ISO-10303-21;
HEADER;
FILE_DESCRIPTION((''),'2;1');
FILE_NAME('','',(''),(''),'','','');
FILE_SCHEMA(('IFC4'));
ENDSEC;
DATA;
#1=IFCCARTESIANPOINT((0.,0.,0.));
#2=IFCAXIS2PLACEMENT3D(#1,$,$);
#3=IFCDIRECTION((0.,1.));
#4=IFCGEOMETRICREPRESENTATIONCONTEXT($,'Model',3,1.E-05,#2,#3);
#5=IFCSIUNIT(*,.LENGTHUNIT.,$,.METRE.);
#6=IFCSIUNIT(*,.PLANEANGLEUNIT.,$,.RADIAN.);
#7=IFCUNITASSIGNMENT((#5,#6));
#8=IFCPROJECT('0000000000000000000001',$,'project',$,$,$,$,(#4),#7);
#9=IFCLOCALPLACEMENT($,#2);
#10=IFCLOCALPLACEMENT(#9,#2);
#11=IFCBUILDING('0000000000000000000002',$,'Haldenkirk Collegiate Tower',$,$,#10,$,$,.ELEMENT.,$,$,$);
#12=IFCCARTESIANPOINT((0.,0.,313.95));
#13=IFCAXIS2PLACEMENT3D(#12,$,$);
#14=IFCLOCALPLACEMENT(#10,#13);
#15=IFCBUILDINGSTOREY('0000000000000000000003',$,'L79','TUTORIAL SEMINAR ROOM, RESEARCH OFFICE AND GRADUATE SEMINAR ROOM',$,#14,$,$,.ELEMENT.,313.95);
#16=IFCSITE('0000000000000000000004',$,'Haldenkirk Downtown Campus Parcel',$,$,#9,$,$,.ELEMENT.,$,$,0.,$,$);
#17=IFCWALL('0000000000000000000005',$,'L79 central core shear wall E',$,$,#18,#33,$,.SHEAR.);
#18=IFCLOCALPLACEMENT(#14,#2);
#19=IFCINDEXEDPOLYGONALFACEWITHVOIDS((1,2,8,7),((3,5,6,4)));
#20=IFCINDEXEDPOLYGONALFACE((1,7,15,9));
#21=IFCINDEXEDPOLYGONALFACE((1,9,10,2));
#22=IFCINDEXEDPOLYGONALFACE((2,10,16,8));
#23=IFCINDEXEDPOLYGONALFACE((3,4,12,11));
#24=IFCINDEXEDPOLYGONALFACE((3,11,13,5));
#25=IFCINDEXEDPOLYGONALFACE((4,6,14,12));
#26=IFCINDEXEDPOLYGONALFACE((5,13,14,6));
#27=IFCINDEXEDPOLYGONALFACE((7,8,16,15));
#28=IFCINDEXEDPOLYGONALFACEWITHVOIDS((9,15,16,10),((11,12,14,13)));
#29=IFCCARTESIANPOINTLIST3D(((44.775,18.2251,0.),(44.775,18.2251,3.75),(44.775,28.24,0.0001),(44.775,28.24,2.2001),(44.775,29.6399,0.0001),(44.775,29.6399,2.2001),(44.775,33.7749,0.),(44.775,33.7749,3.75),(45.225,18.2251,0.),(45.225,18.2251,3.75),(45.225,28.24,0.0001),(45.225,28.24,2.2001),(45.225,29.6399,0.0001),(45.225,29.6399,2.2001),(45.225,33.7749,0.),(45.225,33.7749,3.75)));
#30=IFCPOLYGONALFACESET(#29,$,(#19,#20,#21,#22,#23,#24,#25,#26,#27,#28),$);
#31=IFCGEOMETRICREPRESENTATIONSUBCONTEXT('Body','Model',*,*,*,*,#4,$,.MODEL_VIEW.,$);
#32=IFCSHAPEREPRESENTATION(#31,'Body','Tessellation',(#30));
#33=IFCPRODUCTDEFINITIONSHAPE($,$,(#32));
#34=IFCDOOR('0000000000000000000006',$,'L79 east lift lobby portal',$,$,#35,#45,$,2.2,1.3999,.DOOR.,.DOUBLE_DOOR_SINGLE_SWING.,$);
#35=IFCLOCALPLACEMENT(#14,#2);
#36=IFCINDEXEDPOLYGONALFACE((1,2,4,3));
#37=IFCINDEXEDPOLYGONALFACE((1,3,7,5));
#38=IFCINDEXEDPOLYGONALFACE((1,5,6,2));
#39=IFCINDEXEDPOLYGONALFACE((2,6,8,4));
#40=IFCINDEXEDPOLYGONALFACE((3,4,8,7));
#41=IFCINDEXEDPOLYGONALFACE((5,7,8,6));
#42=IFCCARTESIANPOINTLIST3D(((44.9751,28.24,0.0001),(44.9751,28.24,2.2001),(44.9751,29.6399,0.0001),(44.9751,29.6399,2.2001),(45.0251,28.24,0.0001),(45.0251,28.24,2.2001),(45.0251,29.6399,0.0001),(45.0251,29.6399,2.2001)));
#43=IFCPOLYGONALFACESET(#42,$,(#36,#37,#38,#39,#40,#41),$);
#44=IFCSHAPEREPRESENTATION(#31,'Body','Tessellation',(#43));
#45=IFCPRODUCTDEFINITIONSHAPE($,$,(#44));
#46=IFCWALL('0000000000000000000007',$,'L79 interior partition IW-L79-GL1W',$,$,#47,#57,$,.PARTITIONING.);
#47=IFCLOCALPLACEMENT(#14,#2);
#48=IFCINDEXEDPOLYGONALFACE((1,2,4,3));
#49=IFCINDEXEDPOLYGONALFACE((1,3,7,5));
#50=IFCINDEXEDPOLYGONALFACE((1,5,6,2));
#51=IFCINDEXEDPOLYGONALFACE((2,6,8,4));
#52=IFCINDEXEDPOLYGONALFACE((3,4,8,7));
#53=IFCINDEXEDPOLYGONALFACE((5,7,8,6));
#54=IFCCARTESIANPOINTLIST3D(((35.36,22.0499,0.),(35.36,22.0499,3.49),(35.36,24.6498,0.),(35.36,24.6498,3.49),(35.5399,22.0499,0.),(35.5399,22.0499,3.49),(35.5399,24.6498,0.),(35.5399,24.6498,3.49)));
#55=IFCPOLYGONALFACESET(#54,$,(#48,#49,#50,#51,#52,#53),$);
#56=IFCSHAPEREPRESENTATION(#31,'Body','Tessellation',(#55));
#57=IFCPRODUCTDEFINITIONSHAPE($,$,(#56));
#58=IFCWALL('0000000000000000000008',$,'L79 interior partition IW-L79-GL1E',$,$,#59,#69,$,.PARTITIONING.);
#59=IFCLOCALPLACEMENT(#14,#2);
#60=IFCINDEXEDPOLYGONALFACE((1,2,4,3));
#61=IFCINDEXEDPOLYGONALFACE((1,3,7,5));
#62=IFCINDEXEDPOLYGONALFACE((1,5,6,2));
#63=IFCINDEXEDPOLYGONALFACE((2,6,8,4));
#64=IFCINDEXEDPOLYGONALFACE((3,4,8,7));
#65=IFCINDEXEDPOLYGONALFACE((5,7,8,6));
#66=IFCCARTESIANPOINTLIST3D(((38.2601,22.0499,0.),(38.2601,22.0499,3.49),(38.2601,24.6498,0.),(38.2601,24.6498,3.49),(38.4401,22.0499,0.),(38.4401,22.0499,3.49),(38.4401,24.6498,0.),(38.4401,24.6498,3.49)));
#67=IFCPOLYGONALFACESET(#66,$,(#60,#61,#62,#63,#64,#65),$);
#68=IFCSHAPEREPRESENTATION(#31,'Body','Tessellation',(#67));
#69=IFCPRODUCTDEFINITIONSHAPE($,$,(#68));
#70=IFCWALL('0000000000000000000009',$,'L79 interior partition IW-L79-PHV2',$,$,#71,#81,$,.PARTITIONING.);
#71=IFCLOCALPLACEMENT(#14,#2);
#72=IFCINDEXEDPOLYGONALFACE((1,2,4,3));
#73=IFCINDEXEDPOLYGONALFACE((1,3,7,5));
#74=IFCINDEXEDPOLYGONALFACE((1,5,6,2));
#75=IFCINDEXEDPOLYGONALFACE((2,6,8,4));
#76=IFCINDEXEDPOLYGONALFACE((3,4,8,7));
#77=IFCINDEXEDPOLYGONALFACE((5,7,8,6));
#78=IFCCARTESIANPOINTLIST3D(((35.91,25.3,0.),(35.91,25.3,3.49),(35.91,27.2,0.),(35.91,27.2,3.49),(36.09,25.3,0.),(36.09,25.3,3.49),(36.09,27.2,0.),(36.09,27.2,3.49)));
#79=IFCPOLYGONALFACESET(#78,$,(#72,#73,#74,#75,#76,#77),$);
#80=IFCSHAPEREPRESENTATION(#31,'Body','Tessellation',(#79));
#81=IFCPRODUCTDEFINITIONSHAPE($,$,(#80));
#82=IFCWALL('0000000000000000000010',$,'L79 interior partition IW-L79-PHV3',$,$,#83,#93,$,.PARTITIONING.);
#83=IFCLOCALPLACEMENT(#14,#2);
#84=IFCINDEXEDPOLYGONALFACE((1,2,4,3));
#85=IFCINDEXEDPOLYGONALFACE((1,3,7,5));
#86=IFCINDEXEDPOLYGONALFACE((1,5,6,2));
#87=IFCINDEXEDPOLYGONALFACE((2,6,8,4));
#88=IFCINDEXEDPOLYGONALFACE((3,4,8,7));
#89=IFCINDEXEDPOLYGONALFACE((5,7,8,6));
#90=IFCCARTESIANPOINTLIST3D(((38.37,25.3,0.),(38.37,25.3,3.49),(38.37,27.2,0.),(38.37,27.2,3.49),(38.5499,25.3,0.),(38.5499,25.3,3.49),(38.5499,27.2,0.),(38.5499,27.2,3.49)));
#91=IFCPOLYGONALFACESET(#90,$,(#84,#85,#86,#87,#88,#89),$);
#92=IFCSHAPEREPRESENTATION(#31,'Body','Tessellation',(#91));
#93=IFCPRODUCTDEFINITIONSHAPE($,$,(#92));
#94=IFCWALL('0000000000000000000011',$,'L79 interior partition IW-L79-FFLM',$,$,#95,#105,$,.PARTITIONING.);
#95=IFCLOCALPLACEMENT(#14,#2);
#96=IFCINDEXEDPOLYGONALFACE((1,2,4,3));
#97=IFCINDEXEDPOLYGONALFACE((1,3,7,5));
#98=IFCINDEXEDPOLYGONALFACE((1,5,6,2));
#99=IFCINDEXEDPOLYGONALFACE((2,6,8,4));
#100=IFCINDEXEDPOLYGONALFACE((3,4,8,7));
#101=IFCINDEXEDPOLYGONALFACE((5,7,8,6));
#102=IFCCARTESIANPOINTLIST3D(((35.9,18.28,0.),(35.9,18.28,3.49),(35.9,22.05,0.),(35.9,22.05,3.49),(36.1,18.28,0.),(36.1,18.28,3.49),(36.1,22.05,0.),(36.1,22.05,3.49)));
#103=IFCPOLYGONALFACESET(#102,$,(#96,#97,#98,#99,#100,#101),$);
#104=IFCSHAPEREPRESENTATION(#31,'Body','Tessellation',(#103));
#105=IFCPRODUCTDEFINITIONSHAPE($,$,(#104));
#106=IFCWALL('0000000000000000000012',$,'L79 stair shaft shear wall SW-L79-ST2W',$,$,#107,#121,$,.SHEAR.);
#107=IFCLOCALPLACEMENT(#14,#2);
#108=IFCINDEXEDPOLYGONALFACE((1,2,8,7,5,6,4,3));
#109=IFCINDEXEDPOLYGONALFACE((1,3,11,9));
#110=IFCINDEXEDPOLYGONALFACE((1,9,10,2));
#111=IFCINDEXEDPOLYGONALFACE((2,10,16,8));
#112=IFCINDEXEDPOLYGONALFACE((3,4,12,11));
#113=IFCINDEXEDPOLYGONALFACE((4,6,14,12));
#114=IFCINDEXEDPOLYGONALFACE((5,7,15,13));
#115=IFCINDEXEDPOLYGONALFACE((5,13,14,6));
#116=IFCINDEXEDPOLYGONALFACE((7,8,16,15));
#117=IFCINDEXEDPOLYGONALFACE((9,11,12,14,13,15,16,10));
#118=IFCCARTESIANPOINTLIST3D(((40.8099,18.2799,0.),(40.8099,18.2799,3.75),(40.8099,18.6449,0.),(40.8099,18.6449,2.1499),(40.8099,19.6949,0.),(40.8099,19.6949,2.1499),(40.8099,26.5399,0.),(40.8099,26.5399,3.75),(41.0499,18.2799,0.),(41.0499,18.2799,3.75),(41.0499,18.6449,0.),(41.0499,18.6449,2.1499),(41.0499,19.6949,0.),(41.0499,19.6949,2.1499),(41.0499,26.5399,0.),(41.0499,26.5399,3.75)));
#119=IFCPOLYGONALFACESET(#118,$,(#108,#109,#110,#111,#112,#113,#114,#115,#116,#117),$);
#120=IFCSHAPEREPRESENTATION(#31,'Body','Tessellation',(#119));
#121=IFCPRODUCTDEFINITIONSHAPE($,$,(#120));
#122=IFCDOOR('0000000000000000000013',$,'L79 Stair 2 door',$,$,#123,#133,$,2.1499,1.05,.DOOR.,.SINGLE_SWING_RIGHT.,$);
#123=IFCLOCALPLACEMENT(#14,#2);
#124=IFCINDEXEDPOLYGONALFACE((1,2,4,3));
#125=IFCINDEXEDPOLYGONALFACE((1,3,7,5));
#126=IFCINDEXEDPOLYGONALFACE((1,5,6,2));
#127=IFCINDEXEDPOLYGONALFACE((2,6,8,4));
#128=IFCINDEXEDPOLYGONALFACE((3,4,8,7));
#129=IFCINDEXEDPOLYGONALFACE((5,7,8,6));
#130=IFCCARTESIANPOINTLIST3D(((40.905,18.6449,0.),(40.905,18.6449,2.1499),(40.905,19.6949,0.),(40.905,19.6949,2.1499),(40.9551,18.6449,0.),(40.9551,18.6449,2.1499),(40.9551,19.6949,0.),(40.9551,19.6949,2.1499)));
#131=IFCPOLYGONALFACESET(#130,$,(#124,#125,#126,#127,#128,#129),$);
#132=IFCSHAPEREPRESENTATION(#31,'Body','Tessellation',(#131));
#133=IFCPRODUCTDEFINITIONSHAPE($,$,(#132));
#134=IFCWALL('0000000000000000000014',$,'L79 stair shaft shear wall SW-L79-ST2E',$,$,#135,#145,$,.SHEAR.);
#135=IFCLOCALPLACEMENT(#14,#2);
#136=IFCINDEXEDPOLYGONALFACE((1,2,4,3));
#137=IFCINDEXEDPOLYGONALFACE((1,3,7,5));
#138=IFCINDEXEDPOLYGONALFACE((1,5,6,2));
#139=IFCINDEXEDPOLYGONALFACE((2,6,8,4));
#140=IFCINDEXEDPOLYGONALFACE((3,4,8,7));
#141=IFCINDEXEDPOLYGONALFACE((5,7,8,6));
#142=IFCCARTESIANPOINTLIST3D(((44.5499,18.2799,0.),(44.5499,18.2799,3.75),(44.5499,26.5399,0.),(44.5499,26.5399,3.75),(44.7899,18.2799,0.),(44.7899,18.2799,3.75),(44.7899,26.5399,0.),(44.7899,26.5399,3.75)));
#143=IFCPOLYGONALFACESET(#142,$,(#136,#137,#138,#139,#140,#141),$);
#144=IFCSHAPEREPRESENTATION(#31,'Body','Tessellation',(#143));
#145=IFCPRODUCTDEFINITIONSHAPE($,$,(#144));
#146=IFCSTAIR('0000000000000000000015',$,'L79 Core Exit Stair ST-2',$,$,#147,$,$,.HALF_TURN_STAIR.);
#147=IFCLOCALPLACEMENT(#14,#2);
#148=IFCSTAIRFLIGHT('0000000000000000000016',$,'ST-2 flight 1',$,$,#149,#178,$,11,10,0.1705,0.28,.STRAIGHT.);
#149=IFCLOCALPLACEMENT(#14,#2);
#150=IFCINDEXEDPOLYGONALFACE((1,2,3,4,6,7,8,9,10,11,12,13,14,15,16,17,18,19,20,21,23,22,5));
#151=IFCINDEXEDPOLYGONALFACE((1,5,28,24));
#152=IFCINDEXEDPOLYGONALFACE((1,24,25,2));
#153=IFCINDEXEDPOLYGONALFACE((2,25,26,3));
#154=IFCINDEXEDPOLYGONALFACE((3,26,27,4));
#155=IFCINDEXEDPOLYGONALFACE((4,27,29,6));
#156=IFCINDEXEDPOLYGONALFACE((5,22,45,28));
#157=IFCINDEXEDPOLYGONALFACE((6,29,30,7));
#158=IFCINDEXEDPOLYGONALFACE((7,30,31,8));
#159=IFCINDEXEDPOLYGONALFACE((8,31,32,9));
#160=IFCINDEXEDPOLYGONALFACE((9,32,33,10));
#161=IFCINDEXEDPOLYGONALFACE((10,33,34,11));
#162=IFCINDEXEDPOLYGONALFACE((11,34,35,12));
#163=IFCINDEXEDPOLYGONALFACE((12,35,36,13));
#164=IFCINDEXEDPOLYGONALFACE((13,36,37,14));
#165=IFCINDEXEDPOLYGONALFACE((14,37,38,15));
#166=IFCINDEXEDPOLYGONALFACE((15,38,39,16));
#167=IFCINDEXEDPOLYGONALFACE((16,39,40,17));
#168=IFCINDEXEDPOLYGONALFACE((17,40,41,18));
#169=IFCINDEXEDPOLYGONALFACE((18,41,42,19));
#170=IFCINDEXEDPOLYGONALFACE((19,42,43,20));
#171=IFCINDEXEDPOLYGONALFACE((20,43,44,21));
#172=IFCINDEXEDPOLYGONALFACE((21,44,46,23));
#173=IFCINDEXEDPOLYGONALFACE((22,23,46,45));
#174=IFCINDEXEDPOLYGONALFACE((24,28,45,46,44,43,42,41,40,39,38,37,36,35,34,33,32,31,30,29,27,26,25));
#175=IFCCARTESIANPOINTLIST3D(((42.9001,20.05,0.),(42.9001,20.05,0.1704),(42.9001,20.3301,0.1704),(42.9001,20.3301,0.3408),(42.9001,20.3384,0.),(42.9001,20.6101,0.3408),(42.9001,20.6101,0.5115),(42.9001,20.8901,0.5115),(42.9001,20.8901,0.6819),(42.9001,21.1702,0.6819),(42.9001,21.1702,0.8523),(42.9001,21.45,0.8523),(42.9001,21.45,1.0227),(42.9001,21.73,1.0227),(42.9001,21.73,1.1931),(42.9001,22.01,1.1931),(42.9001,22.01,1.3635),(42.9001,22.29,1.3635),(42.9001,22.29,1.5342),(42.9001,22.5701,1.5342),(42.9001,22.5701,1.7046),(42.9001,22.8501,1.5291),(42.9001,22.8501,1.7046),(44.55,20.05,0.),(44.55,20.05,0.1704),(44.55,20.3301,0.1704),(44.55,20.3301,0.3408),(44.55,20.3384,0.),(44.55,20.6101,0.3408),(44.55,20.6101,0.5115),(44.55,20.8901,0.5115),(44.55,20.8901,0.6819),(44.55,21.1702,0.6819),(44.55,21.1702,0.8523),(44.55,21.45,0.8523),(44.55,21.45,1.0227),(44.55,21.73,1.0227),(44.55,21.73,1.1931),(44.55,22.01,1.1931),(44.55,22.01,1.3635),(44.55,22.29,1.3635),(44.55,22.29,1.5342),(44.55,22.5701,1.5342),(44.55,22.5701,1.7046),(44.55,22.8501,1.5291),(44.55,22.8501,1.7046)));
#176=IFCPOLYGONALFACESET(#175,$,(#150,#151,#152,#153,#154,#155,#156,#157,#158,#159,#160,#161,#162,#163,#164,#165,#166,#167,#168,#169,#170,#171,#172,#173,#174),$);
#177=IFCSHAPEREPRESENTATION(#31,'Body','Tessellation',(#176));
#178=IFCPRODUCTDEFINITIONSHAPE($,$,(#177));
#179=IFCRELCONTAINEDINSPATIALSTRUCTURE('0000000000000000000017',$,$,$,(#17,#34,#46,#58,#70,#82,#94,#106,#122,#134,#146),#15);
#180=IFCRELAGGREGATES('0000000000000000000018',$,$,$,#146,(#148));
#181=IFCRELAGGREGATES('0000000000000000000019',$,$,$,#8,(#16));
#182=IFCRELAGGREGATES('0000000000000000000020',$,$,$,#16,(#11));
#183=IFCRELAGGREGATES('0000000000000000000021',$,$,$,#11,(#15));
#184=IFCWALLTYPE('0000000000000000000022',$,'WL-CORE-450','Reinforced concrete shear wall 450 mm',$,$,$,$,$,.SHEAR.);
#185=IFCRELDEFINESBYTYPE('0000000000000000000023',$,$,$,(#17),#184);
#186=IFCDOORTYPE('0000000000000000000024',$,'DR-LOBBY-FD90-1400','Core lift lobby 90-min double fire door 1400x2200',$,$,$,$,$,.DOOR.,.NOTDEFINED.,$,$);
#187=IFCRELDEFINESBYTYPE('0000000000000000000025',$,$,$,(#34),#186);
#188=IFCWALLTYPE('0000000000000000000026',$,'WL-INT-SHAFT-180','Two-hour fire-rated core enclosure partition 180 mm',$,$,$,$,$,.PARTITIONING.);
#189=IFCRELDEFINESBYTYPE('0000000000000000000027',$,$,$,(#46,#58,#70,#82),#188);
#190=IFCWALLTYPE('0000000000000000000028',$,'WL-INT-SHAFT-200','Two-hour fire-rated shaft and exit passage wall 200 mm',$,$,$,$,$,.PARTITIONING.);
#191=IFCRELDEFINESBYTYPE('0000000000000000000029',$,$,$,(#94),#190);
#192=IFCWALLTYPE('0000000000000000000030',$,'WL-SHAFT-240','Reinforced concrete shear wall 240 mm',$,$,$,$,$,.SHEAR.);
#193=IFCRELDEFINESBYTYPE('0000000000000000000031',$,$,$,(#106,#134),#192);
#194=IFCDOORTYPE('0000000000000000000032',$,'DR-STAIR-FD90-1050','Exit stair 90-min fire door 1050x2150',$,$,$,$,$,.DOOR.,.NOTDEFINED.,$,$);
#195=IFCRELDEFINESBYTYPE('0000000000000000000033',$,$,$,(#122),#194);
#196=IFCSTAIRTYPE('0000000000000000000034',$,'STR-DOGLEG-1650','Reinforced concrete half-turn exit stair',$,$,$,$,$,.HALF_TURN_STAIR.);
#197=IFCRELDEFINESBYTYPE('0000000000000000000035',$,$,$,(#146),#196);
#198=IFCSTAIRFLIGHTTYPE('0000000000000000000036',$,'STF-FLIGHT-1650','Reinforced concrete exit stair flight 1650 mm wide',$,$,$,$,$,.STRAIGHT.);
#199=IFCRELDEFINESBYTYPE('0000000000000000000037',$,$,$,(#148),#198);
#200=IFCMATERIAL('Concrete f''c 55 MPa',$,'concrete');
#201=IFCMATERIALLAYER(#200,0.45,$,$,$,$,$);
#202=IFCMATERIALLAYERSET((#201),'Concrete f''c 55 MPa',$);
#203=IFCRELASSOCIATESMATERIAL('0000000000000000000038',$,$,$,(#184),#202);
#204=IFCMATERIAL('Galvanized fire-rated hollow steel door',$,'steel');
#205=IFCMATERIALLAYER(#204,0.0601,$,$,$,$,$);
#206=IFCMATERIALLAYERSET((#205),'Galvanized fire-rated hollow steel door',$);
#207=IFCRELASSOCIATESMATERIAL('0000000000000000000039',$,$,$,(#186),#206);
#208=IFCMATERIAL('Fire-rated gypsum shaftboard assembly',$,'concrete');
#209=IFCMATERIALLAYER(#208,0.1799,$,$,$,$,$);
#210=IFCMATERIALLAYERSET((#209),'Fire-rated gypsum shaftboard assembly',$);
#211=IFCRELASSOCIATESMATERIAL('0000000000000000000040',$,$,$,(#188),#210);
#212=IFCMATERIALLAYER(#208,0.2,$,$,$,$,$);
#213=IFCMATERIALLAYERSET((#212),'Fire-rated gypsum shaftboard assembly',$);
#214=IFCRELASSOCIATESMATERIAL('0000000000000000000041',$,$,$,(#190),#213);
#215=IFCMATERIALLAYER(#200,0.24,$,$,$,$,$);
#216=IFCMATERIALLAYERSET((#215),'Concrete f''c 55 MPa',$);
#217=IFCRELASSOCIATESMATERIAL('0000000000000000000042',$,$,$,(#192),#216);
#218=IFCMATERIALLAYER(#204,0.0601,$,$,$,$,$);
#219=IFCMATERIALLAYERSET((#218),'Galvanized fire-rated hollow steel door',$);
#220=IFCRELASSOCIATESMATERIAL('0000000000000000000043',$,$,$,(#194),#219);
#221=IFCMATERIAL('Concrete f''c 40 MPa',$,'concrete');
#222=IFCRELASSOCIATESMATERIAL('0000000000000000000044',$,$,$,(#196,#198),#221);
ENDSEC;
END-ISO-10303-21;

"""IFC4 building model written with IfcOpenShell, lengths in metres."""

from ifc_helpers import new_model, si_unit, direction, frame, frame_2d, origin, place, context, subcontext, project, spatial, polyline, rectangle, outline, extrude, material, layer, layer_set, type_object, element, fill, aggregate, save


model = new_model("IFC4")

# Units and contexts
model_context = context("Model", 3, precision=1e-05, world=origin(), true_north=direction((0.0, 1.0)))
body_context = subcontext(model_context, "Body", "Model", "MODEL_VIEW")
ifc_project = project(units=[si_unit("LENGTHUNIT", "METRE"), si_unit("PLANEANGLEUNIT", "RADIAN")], contexts=[model_context])

# Site, building, storey
site_placement = place(None, origin())
site = spatial("IfcSite", under=ifc_project, at=site_placement, Name="Haldenkirk Downtown Campus Parcel", CompositionType="ELEMENT", RefElevation=0.0)
building_placement = place(site_placement, origin())
building = spatial("IfcBuilding", under=site, at=building_placement, Name="Haldenkirk Collegiate Tower", CompositionType="ELEMENT")
storey_placement = place(building_placement, frame((0.0, 0.0, 313.95)))
storey = spatial("IfcBuildingStorey", under=building, at=storey_placement, Name="L79", Description="TUTORIAL SEMINAR ROOM, RESEARCH OFFICE AND GRADUATE SEMINAR ROOM", CompositionType="ELEMENT", Elevation=313.95)

# Wall, opening, door
ifc_material_1 = material(Name="Concrete f'c 55 MPa", Category="concrete")
ifc_layer_1 = layer(ifc_material_1, 0.45)
ifc_layer_set_1 = layer_set([ifc_layer_1], Name="Concrete f'c 55 MPa")
wall_type_1 = type_object("IfcWallType", Name="WL-CORE-450", Description="Reinforced concrete shear wall 450 mm", PredefinedType="SHEAR", material=ifc_layer_set_1)
wall_1_placement = place(storey_placement, frame((45.0, 18.2251, 0.0), z_axis=(0.0, 0.0, 1.0), x_axis=(0.0, 1.0, 0.0)))
wall_1 = element("IfcWall", 1, at=wall_1_placement, inside=storey, type_object=wall_type_1, Name="L79 central core shear wall E", PredefinedType="SHEAR", context=body_context, shape_type="SweptSolid", body=[
    extrude(rectangle(XDim=15.5498, YDim=0.45, at=frame_2d((7.7749, 0.0))), origin(), (0.0, 0.0, 1.0), 3.75),
])
opening_1_placement = place(wall_1_placement, frame((10.0149, 0.0, 0.0)))
opening_1 = element("IfcOpeningElement", 2, at=opening_1_placement, cuts=wall_1, PredefinedType="OPENING", context=body_context, shape_type="SweptSolid", body=[
    extrude(rectangle(XDim=1.3999, YDim=2.2, at=frame_2d((0.7, 1.1001))), frame((0.0, 0.2349, 0.0), z_axis=(0.0, -1.0, 0.0), x_axis=(1.0, 0.0, 0.0)), (0.0, 0.0, 1.0), 0.47),
])
ifc_material_2 = material(Name="Galvanized fire-rated hollow steel door", Category="steel")
ifc_layer_2 = layer(ifc_material_2, 0.0601)
ifc_layer_set_2 = layer_set([ifc_layer_2], Name="Galvanized fire-rated hollow steel door")
door_type_1 = type_object("IfcDoorType", Name="DR-LOBBY-FD90-1400", Description="Core lift lobby 90-min double fire door 1400x2200", OperationType="NOTDEFINED", PredefinedType="DOOR", material=ifc_layer_set_2)
door_1_placement = place(opening_1_placement, origin())
door_1 = element("IfcDoor", 3, at=door_1_placement, inside=storey, type_object=door_type_1, Name="L79 east lift lobby portal", OperationType="DOUBLE_DOOR_SINGLE_SWING", OverallHeight=2.2, OverallWidth=1.3999, PredefinedType="DOOR", context=body_context, shape_type="SweptSolid", body=[
    extrude(rectangle(XDim=1.3999, YDim=2.2, at=frame_2d((0.7, 1.1001))), frame((0.0, 0.0249, 0.0), z_axis=(0.0, -1.0, 0.0), x_axis=(1.0, 0.0, 0.0)), (0.0, 0.0, 1.0), 0.05),
])
fill(opening_1, door_1)

# Walls
ifc_material_3 = material(Name="Fire-rated gypsum shaftboard assembly", Category="concrete")
ifc_layer_3 = layer(ifc_material_3, 0.1799)
ifc_layer_set_3 = layer_set([ifc_layer_3], Name="Fire-rated gypsum shaftboard assembly")
wall_type_2 = type_object("IfcWallType", Name="WL-INT-SHAFT-180", Description="Two-hour fire-rated core enclosure partition 180 mm", PredefinedType="PARTITIONING", material=ifc_layer_set_3)
for number, where, z_axis, x_axis, name in (
    (4, (35.45, 22.05, 0.0), (0.0, 0.0, 1.0), (0.0, 1.0, 0.0), "L79 interior partition IW-L79-GL1W"),
    (5, (38.3501, 22.05, 0.0), (0.0, 0.0, 1.0), (0.0, 1.0, 0.0), "L79 interior partition IW-L79-GL1E"),
):
    element("IfcWall", number, at=place(storey_placement, frame(where, z_axis=z_axis, x_axis=x_axis)), inside=storey, type_object=wall_type_2, Name=name, PredefinedType="PARTITIONING", context=body_context, shape_type="SweptSolid", body=[
        extrude(rectangle(XDim=2.5999, YDim=0.1799, at=frame_2d((1.2998, 0.0))), origin(), (0.0, 0.0, 1.0), 3.49),
    ])
for number, where, z_axis, x_axis, name in (
    (6, (36.0, 25.3, 0.0), (0.0, 0.0, 1.0), (0.0, 1.0, 0.0), "L79 interior partition IW-L79-PHV2"),
    (7, (38.46, 25.3, 0.0), (0.0, 0.0, 1.0), (0.0, 1.0, 0.0), "L79 interior partition IW-L79-PHV3"),
):
    element("IfcWall", number, at=place(storey_placement, frame(where, z_axis=z_axis, x_axis=x_axis)), inside=storey, type_object=wall_type_2, Name=name, PredefinedType="PARTITIONING", context=body_context, shape_type="SweptSolid", body=[
        extrude(rectangle(XDim=1.8999, YDim=0.1799, at=frame_2d((0.95, 0.0))), origin(), (0.0, 0.0, 1.0), 3.49),
    ])
ifc_layer_4 = layer(ifc_material_3, 0.2)
ifc_layer_set_4 = layer_set([ifc_layer_4], Name="Fire-rated gypsum shaftboard assembly")
wall_type_3 = type_object("IfcWallType", Name="WL-INT-SHAFT-200", Description="Two-hour fire-rated shaft and exit passage wall 200 mm", PredefinedType="PARTITIONING", material=ifc_layer_set_4)
wall_2_placement = place(storey_placement, frame((36.0, 18.28, 0.0), z_axis=(0.0, 0.0, 1.0), x_axis=(0.0, 1.0, 0.0)))
element("IfcWall", 8, at=wall_2_placement, inside=storey, type_object=wall_type_3, Name="L79 interior partition IW-L79-FFLM", PredefinedType="PARTITIONING", context=body_context, shape_type="SweptSolid", body=[
    extrude(rectangle(XDim=3.77, YDim=0.2, at=frame_2d((1.885, 0.0))), origin(), (0.0, 0.0, 1.0), 3.49),
])

# Wall, opening, door
ifc_layer_5 = layer(ifc_material_1, 0.24)
ifc_layer_set_5 = layer_set([ifc_layer_5], Name="Concrete f'c 55 MPa")
wall_type_4 = type_object("IfcWallType", Name="WL-SHAFT-240", Description="Reinforced concrete shear wall 240 mm", PredefinedType="SHEAR", material=ifc_layer_set_5)
wall_3_placement = place(storey_placement, frame((40.9299, 18.28, 0.0), z_axis=(0.0, 0.0, 1.0), x_axis=(0.0, 1.0, 0.0)))
wall_3 = element("IfcWall", 9, at=wall_3_placement, inside=storey, type_object=wall_type_4, Name="L79 stair shaft shear wall SW-L79-ST2W", PredefinedType="SHEAR", context=body_context, shape_type="SweptSolid", body=[
    extrude(rectangle(XDim=8.26, YDim=0.24, at=frame_2d((4.1299, 0.0))), origin(), (0.0, 0.0, 1.0), 3.75),
])
opening_2_placement = place(wall_3_placement, frame((0.365, 0.0, 0.0)))
opening_2 = element("IfcOpeningElement", 10, at=opening_2_placement, cuts=wall_3, PredefinedType="OPENING", context=body_context, shape_type="SweptSolid", body=[
    extrude(rectangle(XDim=1.05, YDim=2.1499, at=frame_2d((0.5249, 1.075))), frame((0.0, 0.1299, 0.0), z_axis=(0.0, -1.0, 0.0), x_axis=(1.0, 0.0, 0.0)), (0.0, 0.0, 1.0), 0.26),
])
ifc_layer_6 = layer(ifc_material_2, 0.0601)
ifc_layer_set_6 = layer_set([ifc_layer_6], Name="Galvanized fire-rated hollow steel door")
door_type_2 = type_object("IfcDoorType", Name="DR-STAIR-FD90-1050", Description="Exit stair 90-min fire door 1050x2150", OperationType="NOTDEFINED", PredefinedType="DOOR", material=ifc_layer_set_6)
door_2_placement = place(opening_2_placement, origin())
door_2 = element("IfcDoor", 11, at=door_2_placement, inside=storey, type_object=door_type_2, Name="L79 Stair 2 door", OperationType="SINGLE_SWING_RIGHT", OverallHeight=2.1499, OverallWidth=1.05, PredefinedType="DOOR", context=body_context, shape_type="SweptSolid", body=[
    extrude(rectangle(XDim=1.05, YDim=2.1499, at=frame_2d((0.5249, 1.075))), frame((0.0, 0.0249, 0.0), z_axis=(0.0, -1.0, 0.0), x_axis=(1.0, 0.0, 0.0)), (0.0, 0.0, 1.0), 0.05),
])
fill(opening_2, door_2)

# Wall
wall_4_placement = place(storey_placement, frame((44.6699, 18.28, 0.0), z_axis=(0.0, 0.0, 1.0), x_axis=(0.0, 1.0, 0.0)))
element("IfcWall", 12, at=wall_4_placement, inside=storey, type_object=wall_type_4, Name="L79 stair shaft shear wall SW-L79-ST2E", PredefinedType="SHEAR", context=body_context, shape_type="SweptSolid", body=[
    extrude(rectangle(XDim=8.26, YDim=0.24, at=frame_2d((4.1299, 0.0))), origin(), (0.0, 0.0, 1.0), 3.75),
])

# Stair, stair flight
ifc_material_4 = material(Name="Concrete f'c 40 MPa", Category="concrete")
stair_type = type_object("IfcStairType", Name="STR-DOGLEG-1650", Description="Reinforced concrete half-turn exit stair", PredefinedType="HALF_TURN_STAIR", material=ifc_material_4)
stair_placement = place(storey_placement, origin())
stair = element("IfcStair", 13, at=stair_placement, inside=storey, type_object=stair_type, Name="L79 Core Exit Stair ST-2", PredefinedType="HALF_TURN_STAIR")
stair_flight_type = type_object("IfcStairFlightType", Name="STF-FLIGHT-1650", Description="Reinforced concrete exit stair flight 1650 mm wide", PredefinedType="STRAIGHT", material=ifc_material_4)
stair_flight_1_placement = place(storey_placement, frame((43.7251, 20.05, 0.0), z_axis=(0.0, 0.0, 1.0), x_axis=(0.0, 1.0, 0.0)))
stair_flight_1 = element("IfcStairFlight", 14, at=stair_flight_1_placement, type_object=stair_flight_type, Name="ST-2 flight 1", NumberOfRisers=11, NumberOfTreads=10, PredefinedType="STRAIGHT", RiserHeight=0.1705, TreadLength=0.28, context=body_context, shape_type="SweptSolid", body=[
    extrude(outline(polyline([(0.0, 0.0), (0.0, 0.1704), (0.28, 0.1704), (0.28, 0.3408), (0.5601, 0.3408), (0.5601, 0.5115), (0.8401, 0.5115), (0.8401, 0.6819), (1.1201, 0.6819), (1.1201, 0.8523), (1.3999, 0.8523), (1.3999, 1.0227), (1.6799, 1.0227), (1.6799, 1.1931), (1.96, 1.1931), (1.96, 1.3635), (2.24, 1.3635), (2.24, 1.5342), (2.52, 1.5342), (2.52, 1.7046), (2.8, 1.7046), (2.8, 1.875), (2.8, 1.5291), (0.2883, 0.0), (0.0, 0.0)])), frame((0.0, 0.825, 0.0), z_axis=(0.0, -1.0, 0.0), x_axis=(1.0, 0.0, 0.0)), (0.0, 0.0, 1.0), 1.6499),
])
aggregate(stair, [stair_flight_1])

save(model, "model.ifc")
